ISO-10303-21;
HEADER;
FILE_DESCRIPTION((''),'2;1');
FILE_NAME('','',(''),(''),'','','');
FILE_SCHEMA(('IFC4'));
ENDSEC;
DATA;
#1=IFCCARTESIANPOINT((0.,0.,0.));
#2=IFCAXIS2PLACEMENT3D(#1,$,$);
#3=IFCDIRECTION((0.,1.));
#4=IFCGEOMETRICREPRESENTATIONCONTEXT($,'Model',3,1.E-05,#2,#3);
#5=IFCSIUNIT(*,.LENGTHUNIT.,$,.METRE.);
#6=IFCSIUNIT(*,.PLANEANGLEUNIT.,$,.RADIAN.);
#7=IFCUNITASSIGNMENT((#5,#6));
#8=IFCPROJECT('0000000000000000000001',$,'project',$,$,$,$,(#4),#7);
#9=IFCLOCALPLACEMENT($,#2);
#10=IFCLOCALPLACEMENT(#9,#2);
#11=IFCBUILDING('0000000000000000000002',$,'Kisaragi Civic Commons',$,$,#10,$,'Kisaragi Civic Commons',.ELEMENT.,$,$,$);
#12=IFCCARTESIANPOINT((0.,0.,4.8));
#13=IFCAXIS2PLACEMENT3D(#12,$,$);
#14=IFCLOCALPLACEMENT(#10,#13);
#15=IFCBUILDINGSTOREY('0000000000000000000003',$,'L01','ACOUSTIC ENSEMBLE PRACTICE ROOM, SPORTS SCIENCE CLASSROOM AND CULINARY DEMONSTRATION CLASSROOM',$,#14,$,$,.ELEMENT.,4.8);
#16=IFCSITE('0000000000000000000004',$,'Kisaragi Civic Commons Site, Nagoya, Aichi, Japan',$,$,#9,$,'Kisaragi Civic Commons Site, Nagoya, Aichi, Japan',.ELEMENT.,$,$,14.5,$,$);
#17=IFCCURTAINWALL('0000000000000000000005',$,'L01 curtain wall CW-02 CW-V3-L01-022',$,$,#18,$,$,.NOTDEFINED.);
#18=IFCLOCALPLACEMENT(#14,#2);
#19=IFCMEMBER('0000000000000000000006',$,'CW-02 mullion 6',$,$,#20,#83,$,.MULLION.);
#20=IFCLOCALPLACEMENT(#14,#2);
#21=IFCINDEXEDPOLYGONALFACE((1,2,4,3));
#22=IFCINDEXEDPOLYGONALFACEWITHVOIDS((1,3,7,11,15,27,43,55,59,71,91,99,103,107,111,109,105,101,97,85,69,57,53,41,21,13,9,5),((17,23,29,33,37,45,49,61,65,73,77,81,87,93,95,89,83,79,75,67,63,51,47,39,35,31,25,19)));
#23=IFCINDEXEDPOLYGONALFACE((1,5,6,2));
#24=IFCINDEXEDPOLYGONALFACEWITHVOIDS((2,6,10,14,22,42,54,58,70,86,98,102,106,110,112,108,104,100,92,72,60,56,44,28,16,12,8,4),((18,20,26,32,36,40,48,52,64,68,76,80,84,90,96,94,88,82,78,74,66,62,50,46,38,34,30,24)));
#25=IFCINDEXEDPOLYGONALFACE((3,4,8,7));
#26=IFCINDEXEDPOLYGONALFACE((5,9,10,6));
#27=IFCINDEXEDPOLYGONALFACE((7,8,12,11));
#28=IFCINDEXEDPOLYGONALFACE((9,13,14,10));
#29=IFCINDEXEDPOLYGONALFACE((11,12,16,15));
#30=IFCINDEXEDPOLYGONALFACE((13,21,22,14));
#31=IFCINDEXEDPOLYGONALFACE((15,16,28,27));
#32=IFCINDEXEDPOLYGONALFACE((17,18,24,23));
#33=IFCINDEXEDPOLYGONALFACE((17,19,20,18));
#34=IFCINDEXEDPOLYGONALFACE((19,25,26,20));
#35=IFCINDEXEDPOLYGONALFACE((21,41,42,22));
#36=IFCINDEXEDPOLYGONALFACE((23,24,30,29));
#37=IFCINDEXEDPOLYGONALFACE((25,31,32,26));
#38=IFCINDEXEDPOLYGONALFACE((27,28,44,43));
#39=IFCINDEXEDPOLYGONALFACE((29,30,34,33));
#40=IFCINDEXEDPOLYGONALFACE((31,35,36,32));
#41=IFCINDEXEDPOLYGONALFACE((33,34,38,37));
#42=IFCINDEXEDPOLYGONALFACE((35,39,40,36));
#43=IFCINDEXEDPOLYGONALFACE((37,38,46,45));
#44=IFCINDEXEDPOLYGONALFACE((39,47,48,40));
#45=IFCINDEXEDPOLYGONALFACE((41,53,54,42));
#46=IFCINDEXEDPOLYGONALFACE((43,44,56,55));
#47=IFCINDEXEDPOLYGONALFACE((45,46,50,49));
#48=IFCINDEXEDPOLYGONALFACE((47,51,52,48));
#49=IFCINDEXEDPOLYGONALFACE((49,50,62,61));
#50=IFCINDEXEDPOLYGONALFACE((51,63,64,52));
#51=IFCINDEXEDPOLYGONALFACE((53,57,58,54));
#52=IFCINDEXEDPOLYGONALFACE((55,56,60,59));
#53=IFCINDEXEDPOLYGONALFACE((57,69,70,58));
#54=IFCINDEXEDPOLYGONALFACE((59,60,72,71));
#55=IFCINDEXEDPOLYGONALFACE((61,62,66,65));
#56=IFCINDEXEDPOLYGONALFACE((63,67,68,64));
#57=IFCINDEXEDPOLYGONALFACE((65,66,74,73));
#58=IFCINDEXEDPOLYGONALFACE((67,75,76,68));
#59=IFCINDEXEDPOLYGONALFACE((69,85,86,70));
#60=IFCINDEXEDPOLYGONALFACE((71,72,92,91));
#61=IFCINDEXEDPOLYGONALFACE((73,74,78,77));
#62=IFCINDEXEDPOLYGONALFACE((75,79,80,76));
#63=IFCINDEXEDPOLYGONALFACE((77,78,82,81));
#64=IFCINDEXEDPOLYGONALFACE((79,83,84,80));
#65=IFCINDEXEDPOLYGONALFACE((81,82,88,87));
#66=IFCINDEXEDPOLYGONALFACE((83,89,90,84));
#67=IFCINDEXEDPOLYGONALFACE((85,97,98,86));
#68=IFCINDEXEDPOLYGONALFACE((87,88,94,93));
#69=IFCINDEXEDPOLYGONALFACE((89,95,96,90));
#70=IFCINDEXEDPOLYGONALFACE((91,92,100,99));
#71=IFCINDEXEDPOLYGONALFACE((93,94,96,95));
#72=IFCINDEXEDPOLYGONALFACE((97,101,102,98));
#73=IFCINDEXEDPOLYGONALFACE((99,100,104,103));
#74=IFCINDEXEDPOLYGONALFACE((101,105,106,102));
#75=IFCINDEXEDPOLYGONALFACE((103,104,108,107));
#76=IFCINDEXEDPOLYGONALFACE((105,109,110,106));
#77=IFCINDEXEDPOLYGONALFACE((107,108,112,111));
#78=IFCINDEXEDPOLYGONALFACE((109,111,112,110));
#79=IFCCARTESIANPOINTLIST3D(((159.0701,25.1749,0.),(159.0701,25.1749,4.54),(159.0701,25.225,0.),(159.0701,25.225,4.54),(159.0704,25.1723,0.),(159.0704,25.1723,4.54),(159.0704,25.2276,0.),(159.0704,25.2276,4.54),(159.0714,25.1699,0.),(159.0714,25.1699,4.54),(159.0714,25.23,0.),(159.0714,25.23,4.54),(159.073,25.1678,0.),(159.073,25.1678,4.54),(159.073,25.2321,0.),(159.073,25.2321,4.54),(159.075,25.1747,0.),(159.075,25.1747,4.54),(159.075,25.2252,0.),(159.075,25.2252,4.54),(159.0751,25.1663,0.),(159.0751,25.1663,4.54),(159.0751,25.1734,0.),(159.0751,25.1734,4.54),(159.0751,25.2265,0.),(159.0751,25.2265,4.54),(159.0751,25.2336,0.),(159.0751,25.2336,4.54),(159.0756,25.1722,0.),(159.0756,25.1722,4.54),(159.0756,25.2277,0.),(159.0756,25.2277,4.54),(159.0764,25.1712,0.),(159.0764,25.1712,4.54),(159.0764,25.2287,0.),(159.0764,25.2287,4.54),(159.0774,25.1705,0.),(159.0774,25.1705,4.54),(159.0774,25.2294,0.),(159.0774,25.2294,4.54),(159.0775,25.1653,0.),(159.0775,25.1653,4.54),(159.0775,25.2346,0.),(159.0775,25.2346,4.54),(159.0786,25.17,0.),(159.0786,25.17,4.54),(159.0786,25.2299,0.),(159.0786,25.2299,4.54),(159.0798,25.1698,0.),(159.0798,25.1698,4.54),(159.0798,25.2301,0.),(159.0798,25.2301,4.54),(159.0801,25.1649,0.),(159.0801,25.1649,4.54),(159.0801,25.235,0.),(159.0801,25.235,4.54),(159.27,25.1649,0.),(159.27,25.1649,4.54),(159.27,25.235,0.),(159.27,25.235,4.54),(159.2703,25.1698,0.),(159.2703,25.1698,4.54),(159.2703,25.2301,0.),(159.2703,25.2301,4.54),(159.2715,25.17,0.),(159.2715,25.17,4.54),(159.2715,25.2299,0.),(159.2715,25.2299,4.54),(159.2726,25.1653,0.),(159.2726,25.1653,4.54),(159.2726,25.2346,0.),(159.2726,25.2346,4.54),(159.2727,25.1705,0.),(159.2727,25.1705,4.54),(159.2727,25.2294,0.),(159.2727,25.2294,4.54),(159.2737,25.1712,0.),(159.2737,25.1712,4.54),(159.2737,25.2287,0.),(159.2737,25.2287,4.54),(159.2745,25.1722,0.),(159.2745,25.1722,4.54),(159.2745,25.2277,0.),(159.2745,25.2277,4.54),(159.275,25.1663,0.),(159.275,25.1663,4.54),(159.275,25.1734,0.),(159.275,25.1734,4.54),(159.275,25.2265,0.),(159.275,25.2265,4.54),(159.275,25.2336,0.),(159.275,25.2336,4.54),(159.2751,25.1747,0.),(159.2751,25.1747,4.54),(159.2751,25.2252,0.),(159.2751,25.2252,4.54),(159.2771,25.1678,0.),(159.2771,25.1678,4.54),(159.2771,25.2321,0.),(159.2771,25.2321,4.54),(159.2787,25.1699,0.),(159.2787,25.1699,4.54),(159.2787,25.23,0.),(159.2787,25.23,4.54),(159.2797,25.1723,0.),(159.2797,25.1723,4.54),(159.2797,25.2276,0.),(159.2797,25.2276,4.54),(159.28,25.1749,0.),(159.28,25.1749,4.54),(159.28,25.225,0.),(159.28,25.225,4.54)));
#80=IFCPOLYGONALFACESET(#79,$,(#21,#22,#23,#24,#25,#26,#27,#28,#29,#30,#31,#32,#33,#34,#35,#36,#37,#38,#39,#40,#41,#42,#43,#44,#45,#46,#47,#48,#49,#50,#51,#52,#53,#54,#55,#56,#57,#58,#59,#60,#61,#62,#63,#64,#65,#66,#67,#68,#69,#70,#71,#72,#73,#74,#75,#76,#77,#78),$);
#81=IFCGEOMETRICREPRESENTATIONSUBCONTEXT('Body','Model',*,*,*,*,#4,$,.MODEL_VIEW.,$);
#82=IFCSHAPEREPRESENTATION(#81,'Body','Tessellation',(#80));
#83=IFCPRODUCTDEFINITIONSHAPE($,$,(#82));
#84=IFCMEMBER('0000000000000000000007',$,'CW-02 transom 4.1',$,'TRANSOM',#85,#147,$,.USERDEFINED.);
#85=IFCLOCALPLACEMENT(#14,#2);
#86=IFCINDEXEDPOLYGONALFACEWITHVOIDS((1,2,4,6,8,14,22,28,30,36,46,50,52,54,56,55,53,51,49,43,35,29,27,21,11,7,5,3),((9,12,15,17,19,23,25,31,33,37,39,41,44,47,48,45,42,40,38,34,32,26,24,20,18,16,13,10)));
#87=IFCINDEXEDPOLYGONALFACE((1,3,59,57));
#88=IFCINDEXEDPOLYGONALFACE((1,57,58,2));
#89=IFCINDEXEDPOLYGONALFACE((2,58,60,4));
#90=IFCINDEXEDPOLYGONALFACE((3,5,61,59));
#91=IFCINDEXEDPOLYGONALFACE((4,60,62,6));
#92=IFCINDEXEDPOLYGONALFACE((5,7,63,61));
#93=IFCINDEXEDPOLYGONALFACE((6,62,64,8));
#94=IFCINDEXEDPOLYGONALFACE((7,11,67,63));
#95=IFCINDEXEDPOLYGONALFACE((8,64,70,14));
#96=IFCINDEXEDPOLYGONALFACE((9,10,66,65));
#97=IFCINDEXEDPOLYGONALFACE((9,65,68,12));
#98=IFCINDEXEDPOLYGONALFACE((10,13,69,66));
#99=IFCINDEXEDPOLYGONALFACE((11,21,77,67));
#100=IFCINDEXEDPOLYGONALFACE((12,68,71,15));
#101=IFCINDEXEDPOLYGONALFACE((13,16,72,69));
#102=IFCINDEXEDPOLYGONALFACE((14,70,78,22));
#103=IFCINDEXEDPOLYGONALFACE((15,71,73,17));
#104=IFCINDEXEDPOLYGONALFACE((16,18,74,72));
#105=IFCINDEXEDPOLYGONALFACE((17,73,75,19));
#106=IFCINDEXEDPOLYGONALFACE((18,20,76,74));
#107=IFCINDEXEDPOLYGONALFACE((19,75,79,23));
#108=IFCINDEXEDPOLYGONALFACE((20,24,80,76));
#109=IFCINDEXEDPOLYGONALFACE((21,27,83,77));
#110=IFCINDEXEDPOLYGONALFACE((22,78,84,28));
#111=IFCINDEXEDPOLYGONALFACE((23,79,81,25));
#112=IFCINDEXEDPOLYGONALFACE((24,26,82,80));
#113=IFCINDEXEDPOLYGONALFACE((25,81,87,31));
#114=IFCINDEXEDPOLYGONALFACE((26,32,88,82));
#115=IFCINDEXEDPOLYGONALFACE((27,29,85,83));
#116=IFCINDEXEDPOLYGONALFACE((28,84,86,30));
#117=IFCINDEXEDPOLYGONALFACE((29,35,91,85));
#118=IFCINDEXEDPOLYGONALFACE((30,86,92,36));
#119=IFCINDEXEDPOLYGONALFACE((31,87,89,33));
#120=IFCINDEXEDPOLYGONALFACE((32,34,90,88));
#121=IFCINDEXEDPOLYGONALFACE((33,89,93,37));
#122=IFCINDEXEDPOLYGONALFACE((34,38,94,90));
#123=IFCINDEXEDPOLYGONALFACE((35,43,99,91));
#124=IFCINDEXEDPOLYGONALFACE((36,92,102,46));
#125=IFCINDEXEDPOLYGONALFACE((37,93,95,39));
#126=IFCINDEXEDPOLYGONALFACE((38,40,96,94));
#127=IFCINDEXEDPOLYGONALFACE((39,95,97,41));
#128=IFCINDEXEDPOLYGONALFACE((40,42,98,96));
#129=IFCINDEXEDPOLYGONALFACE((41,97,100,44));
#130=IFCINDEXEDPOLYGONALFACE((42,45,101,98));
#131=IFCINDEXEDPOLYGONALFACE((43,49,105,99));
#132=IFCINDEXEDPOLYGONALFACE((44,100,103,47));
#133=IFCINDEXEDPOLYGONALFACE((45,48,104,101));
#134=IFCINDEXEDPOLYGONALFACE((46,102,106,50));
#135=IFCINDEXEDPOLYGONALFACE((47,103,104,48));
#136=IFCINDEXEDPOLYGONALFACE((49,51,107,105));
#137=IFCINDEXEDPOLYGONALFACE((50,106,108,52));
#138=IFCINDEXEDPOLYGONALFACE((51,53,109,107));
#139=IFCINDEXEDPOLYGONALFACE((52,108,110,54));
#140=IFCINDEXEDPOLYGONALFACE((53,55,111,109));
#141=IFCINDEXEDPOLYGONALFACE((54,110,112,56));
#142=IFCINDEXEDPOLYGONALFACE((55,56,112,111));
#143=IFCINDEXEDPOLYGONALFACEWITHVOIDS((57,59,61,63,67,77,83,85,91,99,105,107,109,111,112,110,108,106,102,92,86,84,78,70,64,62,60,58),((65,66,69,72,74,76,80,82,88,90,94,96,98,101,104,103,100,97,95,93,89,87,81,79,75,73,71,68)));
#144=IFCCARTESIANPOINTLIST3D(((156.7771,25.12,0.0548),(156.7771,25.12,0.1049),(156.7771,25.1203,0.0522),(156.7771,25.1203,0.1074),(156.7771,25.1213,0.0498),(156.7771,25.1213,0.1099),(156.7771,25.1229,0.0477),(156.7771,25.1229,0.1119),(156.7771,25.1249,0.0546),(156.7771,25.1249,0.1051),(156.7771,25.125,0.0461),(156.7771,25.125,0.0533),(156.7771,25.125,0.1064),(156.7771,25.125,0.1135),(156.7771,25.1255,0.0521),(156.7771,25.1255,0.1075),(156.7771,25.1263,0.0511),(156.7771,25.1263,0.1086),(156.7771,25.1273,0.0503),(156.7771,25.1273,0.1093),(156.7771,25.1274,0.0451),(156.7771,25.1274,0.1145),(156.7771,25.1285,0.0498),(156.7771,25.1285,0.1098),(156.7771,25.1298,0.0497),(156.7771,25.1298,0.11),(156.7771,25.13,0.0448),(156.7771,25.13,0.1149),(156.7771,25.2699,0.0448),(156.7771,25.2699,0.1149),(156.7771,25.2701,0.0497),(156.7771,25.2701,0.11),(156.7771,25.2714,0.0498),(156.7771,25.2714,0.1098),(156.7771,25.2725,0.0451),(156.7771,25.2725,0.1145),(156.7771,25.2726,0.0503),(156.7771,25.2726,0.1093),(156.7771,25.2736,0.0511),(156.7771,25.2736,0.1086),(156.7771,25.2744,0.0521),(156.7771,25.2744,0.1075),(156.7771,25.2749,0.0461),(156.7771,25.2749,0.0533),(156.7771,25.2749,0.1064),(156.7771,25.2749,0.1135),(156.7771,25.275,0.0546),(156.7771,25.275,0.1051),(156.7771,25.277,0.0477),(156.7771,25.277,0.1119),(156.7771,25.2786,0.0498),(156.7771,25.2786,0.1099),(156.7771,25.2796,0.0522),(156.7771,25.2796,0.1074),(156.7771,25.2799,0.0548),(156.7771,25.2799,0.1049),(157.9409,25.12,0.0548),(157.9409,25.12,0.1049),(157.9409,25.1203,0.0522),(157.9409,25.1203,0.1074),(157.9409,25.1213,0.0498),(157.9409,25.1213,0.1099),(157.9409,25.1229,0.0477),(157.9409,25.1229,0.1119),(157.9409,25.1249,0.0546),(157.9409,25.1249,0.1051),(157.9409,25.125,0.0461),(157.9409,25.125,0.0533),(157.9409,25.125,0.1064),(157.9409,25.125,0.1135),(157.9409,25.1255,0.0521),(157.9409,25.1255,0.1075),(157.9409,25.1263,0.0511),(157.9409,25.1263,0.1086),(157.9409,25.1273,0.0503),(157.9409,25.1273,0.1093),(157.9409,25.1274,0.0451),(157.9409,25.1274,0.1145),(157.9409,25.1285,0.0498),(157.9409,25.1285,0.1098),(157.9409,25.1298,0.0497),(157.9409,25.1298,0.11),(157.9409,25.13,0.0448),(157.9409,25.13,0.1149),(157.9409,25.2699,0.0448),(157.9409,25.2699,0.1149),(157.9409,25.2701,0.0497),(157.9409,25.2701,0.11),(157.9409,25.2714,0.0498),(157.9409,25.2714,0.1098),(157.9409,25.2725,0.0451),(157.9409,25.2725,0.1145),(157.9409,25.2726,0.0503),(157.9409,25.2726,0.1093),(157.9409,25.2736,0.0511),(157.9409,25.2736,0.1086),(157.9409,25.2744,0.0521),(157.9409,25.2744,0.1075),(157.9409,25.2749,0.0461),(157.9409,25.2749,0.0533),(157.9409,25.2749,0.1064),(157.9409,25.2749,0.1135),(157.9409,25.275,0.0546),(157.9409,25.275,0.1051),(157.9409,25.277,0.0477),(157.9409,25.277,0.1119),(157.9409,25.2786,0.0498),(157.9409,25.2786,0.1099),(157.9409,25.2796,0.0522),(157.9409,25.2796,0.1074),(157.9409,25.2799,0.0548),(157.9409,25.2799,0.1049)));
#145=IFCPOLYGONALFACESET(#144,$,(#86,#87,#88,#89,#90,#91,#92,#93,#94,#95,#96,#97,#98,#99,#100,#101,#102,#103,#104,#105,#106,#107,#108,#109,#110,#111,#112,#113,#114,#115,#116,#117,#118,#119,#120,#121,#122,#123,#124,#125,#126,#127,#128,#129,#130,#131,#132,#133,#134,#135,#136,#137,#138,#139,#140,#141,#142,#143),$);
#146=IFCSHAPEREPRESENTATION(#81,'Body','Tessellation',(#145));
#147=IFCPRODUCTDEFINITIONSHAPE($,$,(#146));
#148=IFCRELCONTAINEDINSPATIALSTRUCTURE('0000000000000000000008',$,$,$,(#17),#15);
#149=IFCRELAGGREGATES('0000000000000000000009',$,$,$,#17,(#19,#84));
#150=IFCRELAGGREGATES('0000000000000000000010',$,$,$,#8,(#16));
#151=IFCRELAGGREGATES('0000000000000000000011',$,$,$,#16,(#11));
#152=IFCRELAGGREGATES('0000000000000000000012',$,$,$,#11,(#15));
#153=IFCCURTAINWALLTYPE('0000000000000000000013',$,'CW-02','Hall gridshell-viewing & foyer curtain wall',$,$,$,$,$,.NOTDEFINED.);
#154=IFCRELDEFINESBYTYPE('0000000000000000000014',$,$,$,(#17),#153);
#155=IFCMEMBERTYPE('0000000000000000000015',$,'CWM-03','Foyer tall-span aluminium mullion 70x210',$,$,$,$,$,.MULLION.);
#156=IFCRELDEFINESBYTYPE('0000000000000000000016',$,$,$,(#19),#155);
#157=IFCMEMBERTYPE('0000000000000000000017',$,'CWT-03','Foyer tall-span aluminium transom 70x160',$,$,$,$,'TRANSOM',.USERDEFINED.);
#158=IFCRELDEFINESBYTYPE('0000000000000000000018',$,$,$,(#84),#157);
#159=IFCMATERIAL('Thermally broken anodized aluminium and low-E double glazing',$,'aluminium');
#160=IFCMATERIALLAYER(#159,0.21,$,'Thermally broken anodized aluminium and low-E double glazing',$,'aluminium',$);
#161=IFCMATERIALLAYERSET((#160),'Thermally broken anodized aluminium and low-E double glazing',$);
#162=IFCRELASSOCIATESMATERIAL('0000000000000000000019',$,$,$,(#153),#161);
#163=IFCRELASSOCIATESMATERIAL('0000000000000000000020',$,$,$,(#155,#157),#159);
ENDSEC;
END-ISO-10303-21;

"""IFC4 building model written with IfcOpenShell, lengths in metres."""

from ifc_helpers import new_model, si_unit, direction, frame, origin, origin_2d, place, context, subcontext, project, spatial, hollow_rectangle, extrude, material, layer, layer_set, material_profile, profile_set, type_object, element, aggregate, save


model = new_model("IFC4")

# Units and contexts
model_context = context("Model", 3, precision=1e-05, world=origin(), true_north=direction((0.0, 1.0)))
body_context = subcontext(model_context, "Body", "Model", "MODEL_VIEW")
ifc_project = project(units=[si_unit("LENGTHUNIT", "METRE"), si_unit("PLANEANGLEUNIT", "RADIAN")], contexts=[model_context])

# Site, building, storey
site_placement = place(None, origin())
site = spatial("IfcSite", under=ifc_project, at=site_placement, Name="Kisaragi Civic Commons Site, Nagoya, Aichi, Japan", LongName="Kisaragi Civic Commons Site, Nagoya, Aichi, Japan", CompositionType="ELEMENT", RefElevation=14.5)
building_placement = place(site_placement, origin())
building = spatial("IfcBuilding", under=site, at=building_placement, Name="Kisaragi Civic Commons", LongName="Kisaragi Civic Commons", CompositionType="ELEMENT")
storey_placement = place(building_placement, frame((0.0, 0.0, 4.8)))
storey = spatial("IfcBuildingStorey", under=building, at=storey_placement, Name="L01", Description="ACOUSTIC ENSEMBLE PRACTICE ROOM, SPORTS SCIENCE CLASSROOM AND CULINARY DEMONSTRATION CLASSROOM", CompositionType="ELEMENT", Elevation=4.8)

# Curtain wall, members
ifc_material_1 = material(Name="Thermally broken anodized aluminium and low-E double glazing", Category="aluminium")
ifc_layer_1 = layer(ifc_material_1, 0.21, Name="Thermally broken anodized aluminium and low-E double glazing", Category="aluminium")
ifc_layer_set_1 = layer_set([ifc_layer_1], Name="Thermally broken anodized aluminium and low-E double glazing")
curtain_wall_type = type_object("IfcCurtainWallType", Name="CW-02", Description="Hall gridshell-viewing & foyer curtain wall", PredefinedType="NOTDEFINED", material=ifc_layer_set_1)
curtain_wall_placement = place(storey_placement, origin())
curtain_wall = element("IfcCurtainWall", 1, at=curtain_wall_placement, inside=storey, type_object=curtain_wall_type, Name="L01 curtain wall CW-02 CW-V3-L01-022", PredefinedType="NOTDEFINED")
ifc_material_profile_1 = material_profile(ifc_material_1, hollow_rectangle(XDim=0.0701, YDim=0.21, WallThickness=0.0049, InnerFilletRadius=0.0049, OuterFilletRadius=0.01, at=origin_2d()), Name="CWM-70x210x5", Category="aluminium")
ifc_profile_set_1 = profile_set([ifc_material_profile_1], Name="Thermally broken anodized aluminium and low-E double glazing")
member_type_1 = type_object("IfcMemberType", Name="CWM-03", Description="Foyer tall-span aluminium mullion 70x210", PredefinedType="MULLION", material=ifc_profile_set_1)
member_1_placement = place(storey_placement, frame((159.175, 25.2, 0.0), z_axis=(0.0, 0.0, 1.0), x_axis=(0.0, 1.0, 0.0)))
member_1 = element("IfcMember", 2, at=member_1_placement, type_object=member_type_1, Name="CW-02 mullion 6", PredefinedType="MULLION", context=body_context, shape_type="SweptSolid", body=[
    extrude(hollow_rectangle(XDim=0.0701, YDim=0.21, WallThickness=0.0049, InnerFilletRadius=0.0049, OuterFilletRadius=0.01, at=origin_2d()), origin(), (0.0, 0.0, 1.0), 4.54),
])
ifc_material_profile_2 = material_profile(ifc_material_1, hollow_rectangle(XDim=0.1599, YDim=0.0701, WallThickness=0.0049, InnerFilletRadius=0.0049, OuterFilletRadius=0.01, at=origin_2d()), Name="CWT-70x160x5", Category="aluminium")
ifc_profile_set_2 = profile_set([ifc_material_profile_2], Name="Thermally broken anodized aluminium and low-E double glazing")
member_type_2 = type_object("IfcMemberType", Name="CWT-03", Description="Foyer tall-span aluminium transom 70x160", ElementType="TRANSOM", PredefinedType="USERDEFINED", material=ifc_profile_set_2)
member_2_placement = place(storey_placement, frame((156.7771, 25.2, 0.0798), z_axis=(1.0, 0.0, 0.0), x_axis=(0.0, 1.0, 0.0)))
member_2 = element("IfcMember", 3, at=member_2_placement, type_object=member_type_2, Name="CW-02 transom 4.1", ObjectType="TRANSOM", PredefinedType="USERDEFINED", context=body_context, shape_type="SweptSolid", body=[
    extrude(hollow_rectangle(XDim=0.1599, YDim=0.0701, WallThickness=0.0049, InnerFilletRadius=0.0049, OuterFilletRadius=0.01, at=origin_2d()), origin(), (0.0, 0.0, 1.0), 1.1638),
])
aggregate(curtain_wall, [member_1, member_2])

save(model, "model.ifc")
